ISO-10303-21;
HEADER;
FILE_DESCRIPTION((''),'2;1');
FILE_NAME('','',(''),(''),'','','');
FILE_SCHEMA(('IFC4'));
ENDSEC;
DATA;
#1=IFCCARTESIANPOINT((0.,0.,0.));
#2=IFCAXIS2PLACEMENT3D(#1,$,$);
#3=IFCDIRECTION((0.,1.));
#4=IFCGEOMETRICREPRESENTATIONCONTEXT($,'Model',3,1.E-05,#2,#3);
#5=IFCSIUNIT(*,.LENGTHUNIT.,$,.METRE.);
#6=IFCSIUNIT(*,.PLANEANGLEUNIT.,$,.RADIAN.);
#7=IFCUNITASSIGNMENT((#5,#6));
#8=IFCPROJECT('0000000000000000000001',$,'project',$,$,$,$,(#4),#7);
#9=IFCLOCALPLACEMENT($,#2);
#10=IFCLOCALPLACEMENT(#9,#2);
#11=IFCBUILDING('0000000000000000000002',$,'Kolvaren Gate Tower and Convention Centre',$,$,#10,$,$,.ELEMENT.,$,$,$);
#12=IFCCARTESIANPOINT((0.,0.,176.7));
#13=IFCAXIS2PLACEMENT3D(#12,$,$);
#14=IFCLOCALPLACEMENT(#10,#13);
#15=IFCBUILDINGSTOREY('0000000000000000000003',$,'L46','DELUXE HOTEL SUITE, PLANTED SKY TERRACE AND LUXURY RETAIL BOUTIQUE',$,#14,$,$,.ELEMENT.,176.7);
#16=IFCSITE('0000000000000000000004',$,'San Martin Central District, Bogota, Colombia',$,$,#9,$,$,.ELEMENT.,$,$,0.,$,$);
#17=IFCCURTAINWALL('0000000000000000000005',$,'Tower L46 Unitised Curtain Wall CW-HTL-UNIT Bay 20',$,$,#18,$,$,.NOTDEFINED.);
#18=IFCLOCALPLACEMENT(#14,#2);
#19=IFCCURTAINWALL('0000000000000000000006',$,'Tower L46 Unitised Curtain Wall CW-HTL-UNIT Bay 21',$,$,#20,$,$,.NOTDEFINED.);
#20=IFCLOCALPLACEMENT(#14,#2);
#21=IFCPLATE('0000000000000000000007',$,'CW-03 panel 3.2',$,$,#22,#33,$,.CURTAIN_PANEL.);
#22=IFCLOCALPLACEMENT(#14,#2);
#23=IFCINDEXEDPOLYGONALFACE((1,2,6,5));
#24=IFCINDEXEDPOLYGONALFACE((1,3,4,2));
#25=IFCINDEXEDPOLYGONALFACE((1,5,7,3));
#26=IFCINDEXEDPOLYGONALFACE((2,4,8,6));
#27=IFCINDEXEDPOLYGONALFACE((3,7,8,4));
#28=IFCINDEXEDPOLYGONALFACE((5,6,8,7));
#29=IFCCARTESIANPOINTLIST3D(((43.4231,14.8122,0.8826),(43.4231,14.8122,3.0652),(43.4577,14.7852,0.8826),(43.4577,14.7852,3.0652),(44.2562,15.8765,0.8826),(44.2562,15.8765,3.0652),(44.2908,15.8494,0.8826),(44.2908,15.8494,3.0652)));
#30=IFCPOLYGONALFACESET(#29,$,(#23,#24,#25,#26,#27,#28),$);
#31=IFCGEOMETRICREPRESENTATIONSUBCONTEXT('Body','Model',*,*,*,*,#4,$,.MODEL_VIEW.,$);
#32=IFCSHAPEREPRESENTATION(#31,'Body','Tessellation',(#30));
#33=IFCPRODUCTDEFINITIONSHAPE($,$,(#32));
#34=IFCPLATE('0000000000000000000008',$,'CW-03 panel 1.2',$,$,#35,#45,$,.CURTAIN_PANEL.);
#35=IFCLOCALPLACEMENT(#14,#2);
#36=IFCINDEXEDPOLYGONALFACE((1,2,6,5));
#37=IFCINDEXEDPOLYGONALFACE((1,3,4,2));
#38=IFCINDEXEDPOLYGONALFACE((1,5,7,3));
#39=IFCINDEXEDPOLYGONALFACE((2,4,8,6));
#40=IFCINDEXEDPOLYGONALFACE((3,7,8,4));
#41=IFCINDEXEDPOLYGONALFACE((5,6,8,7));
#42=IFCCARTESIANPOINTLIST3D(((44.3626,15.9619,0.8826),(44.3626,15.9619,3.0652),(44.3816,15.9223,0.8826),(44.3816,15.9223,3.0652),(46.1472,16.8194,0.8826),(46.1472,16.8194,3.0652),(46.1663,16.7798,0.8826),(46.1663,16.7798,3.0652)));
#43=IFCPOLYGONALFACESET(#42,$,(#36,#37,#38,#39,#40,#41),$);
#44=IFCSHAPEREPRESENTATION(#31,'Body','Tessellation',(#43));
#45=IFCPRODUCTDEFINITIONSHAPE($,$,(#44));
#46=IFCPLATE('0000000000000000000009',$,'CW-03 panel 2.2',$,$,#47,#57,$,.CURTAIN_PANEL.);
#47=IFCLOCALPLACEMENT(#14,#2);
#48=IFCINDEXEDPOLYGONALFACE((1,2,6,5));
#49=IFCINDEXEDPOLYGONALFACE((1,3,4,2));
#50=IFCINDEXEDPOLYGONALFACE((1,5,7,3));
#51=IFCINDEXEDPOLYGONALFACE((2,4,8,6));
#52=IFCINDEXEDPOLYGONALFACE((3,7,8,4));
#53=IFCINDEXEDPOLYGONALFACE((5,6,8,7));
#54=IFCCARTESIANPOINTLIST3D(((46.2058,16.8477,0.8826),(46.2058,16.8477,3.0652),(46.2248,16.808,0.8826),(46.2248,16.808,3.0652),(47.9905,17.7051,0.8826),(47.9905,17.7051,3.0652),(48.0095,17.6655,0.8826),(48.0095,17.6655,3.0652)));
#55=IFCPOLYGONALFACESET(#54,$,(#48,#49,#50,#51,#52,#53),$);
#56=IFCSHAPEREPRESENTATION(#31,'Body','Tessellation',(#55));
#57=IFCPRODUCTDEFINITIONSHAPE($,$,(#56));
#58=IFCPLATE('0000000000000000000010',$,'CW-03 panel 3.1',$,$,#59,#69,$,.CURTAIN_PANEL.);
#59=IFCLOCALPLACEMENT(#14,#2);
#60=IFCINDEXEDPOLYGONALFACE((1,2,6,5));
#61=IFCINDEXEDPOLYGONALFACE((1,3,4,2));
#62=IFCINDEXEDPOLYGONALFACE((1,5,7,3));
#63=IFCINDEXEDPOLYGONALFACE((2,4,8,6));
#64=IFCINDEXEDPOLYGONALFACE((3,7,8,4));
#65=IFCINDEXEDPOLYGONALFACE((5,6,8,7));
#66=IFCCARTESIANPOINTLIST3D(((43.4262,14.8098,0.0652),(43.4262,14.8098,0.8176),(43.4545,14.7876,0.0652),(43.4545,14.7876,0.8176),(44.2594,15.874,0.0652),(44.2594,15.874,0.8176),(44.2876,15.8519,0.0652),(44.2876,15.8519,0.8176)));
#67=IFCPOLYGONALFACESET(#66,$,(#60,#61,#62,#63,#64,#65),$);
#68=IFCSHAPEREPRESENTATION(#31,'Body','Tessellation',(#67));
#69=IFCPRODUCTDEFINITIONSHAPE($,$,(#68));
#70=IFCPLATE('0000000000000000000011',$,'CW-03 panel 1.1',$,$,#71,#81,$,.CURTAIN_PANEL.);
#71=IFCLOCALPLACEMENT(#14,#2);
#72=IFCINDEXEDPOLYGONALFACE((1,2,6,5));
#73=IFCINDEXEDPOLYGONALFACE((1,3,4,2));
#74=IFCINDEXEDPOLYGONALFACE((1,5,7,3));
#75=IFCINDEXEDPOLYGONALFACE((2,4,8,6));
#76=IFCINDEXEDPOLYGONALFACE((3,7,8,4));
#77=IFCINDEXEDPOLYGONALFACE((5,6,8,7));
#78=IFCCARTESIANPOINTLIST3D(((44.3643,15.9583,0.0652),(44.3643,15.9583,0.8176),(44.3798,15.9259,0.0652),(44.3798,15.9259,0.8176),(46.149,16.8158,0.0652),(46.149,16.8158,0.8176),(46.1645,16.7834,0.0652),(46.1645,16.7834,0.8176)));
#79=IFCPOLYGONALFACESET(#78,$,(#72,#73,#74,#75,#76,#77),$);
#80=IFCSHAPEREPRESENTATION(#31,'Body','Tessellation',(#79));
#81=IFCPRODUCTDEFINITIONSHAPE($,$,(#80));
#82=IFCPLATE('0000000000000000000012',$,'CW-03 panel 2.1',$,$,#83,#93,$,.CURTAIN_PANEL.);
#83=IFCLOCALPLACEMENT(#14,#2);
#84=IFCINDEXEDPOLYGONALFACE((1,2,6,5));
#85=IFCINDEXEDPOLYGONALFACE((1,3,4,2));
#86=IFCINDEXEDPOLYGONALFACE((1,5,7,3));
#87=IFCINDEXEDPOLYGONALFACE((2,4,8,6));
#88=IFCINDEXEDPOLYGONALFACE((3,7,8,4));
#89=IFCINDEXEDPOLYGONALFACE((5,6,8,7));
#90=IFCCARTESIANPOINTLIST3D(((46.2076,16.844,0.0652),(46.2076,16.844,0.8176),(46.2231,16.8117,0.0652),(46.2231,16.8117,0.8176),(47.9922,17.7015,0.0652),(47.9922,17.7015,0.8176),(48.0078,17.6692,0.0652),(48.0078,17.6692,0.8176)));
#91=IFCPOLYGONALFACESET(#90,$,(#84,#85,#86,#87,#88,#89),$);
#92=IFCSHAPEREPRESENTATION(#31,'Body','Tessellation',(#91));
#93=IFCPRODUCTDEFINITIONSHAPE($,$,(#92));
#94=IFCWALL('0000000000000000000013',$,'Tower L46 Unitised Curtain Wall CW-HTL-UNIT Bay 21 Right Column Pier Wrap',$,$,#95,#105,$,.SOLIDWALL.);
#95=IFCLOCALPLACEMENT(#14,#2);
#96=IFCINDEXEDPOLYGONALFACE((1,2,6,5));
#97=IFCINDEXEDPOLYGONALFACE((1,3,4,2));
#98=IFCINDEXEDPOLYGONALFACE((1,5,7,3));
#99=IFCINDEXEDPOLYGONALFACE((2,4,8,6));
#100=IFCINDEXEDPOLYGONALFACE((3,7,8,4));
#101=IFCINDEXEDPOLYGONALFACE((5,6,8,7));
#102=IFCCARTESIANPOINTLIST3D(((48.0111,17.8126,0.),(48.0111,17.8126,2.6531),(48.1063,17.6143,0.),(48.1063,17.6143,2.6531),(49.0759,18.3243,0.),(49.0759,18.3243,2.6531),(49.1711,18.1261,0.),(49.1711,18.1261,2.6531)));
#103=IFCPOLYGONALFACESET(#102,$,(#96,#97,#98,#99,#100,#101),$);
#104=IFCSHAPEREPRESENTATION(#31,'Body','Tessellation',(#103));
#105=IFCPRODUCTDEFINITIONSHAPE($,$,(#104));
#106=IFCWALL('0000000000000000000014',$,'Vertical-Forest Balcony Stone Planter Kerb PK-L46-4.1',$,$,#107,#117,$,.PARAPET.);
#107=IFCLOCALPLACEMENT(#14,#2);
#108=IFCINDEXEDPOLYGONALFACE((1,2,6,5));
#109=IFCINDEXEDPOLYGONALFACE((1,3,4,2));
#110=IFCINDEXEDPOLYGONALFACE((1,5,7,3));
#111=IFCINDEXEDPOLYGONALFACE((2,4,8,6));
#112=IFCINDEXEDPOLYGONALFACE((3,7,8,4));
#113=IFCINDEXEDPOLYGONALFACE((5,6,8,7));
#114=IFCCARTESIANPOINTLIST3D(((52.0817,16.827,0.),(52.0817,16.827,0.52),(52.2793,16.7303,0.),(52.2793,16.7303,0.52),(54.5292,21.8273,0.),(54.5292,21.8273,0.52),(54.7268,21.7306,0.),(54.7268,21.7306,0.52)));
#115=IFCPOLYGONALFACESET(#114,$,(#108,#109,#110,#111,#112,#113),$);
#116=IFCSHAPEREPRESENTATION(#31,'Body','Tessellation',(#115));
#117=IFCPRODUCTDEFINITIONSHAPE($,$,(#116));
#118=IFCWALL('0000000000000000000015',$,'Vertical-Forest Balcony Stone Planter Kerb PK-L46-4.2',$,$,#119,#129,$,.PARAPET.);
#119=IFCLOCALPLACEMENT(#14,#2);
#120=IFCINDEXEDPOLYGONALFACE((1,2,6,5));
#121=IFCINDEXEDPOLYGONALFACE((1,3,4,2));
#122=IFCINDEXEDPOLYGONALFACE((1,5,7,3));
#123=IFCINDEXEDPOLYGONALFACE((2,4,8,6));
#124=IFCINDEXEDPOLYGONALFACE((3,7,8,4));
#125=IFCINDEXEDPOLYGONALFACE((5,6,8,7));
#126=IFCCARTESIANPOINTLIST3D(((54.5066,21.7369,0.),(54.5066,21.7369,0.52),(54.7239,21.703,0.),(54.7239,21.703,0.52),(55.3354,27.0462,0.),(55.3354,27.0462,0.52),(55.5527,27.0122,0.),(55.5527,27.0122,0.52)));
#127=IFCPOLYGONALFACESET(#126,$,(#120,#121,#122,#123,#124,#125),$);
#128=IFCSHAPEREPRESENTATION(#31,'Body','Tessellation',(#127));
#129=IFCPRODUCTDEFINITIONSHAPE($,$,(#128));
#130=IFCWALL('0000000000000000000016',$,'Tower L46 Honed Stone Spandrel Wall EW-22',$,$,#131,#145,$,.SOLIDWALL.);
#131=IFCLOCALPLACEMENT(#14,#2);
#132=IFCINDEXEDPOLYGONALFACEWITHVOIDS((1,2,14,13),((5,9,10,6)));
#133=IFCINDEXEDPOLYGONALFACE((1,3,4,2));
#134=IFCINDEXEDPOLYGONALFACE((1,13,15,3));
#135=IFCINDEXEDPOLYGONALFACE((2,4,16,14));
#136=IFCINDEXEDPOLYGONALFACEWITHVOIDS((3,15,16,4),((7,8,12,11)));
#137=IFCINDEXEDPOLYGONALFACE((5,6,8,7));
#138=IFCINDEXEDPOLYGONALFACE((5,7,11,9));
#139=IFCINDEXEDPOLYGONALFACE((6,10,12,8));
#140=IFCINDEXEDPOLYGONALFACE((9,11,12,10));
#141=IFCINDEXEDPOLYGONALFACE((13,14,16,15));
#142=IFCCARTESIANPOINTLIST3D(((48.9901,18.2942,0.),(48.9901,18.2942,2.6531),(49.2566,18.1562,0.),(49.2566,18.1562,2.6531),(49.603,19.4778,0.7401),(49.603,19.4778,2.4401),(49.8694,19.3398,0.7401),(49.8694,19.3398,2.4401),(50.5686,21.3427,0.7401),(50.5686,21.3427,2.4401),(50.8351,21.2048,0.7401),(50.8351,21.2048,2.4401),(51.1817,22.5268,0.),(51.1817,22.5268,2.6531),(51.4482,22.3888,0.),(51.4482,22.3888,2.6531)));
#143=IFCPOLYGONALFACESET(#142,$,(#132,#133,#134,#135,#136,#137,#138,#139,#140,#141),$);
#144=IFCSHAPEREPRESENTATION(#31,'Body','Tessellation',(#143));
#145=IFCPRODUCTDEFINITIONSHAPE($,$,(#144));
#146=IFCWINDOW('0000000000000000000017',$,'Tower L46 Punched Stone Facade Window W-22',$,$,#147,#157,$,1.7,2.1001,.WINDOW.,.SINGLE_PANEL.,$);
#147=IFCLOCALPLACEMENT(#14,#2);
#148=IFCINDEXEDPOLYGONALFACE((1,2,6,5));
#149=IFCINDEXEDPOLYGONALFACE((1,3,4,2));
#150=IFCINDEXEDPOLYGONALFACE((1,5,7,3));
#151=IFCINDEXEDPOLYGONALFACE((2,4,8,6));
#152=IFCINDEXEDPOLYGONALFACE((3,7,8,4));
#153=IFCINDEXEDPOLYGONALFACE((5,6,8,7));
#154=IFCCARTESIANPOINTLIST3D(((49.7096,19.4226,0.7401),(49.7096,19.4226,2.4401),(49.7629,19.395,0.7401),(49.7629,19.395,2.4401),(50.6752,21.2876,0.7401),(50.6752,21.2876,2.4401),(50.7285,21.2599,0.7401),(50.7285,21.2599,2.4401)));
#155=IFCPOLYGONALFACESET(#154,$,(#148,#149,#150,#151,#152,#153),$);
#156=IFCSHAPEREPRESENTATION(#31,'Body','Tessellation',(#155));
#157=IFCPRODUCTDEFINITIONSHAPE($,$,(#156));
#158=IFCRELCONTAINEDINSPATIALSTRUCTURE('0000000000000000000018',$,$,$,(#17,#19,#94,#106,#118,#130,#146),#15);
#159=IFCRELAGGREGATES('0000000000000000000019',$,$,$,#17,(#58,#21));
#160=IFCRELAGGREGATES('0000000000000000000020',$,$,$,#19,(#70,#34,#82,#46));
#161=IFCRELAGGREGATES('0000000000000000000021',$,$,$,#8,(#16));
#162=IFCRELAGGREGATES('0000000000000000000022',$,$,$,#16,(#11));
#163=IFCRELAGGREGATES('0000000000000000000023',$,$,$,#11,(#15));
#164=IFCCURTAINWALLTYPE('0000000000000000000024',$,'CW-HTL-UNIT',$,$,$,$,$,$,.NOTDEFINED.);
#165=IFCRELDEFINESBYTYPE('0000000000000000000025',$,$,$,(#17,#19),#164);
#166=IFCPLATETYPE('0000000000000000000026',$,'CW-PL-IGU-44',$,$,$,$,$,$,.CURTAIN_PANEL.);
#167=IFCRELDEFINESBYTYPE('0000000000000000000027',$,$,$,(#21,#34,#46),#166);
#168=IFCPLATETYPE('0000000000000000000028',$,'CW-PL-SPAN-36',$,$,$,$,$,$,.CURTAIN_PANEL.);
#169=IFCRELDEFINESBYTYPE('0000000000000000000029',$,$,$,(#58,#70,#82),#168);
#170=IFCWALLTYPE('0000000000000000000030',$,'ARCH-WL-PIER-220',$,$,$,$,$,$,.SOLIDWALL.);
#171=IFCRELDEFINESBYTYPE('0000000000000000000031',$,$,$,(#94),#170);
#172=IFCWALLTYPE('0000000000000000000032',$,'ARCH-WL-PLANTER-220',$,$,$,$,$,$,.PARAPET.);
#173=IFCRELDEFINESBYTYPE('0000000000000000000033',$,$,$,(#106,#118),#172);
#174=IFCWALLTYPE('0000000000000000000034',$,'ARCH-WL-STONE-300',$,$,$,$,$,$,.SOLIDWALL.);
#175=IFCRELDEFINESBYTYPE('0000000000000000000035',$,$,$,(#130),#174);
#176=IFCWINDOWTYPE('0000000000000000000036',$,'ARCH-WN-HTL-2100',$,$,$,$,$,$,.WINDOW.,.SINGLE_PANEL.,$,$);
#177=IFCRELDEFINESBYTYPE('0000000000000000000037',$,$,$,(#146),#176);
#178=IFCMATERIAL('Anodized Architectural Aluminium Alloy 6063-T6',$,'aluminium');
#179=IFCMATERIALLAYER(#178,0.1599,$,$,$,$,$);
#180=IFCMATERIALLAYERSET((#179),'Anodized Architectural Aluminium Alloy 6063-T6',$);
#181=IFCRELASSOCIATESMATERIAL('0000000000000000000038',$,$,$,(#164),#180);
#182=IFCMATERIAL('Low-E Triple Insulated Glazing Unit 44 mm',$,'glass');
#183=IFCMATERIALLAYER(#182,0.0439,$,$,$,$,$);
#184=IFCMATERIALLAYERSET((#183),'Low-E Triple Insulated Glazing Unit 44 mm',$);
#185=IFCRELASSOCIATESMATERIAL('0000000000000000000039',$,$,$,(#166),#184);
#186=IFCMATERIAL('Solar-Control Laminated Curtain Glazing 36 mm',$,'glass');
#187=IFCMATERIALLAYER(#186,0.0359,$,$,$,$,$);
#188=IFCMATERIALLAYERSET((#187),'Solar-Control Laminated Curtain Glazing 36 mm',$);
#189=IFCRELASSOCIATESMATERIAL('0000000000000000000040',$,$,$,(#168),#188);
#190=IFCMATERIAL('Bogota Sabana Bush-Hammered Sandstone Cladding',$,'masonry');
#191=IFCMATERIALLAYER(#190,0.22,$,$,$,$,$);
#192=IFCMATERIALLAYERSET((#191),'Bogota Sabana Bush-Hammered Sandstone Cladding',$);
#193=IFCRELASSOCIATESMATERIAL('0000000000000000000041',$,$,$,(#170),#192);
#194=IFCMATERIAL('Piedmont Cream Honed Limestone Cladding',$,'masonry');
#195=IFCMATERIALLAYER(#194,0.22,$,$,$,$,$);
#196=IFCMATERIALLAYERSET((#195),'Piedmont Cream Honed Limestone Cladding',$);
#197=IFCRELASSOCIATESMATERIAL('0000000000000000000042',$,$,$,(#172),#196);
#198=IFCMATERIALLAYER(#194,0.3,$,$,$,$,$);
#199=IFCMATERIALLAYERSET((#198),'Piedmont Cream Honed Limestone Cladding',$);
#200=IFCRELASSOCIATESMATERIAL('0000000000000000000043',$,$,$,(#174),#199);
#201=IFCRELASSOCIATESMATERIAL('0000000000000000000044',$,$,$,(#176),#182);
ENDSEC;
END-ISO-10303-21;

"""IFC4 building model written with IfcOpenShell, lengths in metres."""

from ifc_helpers import new_model, si_unit, direction, frame, frame_2d, origin, origin_2d, place, context, subcontext, project, spatial, rectangle, extrude, material, layer, layer_set, type_object, element, fill, aggregate, save


model = new_model("IFC4")

# Units and contexts
model_context = context("Model", 3, precision=1e-05, world=origin(), true_north=direction((0.0, 1.0)))
body_context = subcontext(model_context, "Body", "Model", "MODEL_VIEW")
ifc_project = project(units=[si_unit("LENGTHUNIT", "METRE"), si_unit("PLANEANGLEUNIT", "RADIAN")], contexts=[model_context])

# Site, building, storey
site_placement = place(None, origin())
site = spatial("IfcSite", under=ifc_project, at=site_placement, Name="San Martin Central District, Bogota, Colombia", CompositionType="ELEMENT", RefElevation=0.0)
building_placement = place(site_placement, origin())
building = spatial("IfcBuilding", under=site, at=building_placement, Name="Kolvaren Gate Tower and Convention Centre", CompositionType="ELEMENT")
storey_placement = place(building_placement, frame((0.0, 0.0, 176.7)))
storey = spatial("IfcBuildingStorey", under=building, at=storey_placement, Name="L46", Description="DELUXE HOTEL SUITE, PLANTED SKY TERRACE AND LUXURY RETAIL BOUTIQUE", CompositionType="ELEMENT", Elevation=176.7)

# Curtain wall
ifc_material_1 = material(Name="Anodized Architectural Aluminium Alloy 6063-T6", Category="aluminium")
ifc_layer_1 = layer(ifc_material_1, 0.1599)
ifc_layer_set_1 = layer_set([ifc_layer_1], Name="Anodized Architectural Aluminium Alloy 6063-T6")
curtain_wall_type = type_object("IfcCurtainWallType", Name="CW-HTL-UNIT", PredefinedType="NOTDEFINED", material=ifc_layer_set_1)
curtain_wall_1_placement = place(storey_placement, origin())
curtain_wall_1 = element("IfcCurtainWall", 1, at=curtain_wall_1_placement, inside=storey, type_object=curtain_wall_type, Name="Tower L46 Unitised Curtain Wall CW-HTL-UNIT Bay 20", PredefinedType="NOTDEFINED")

# Curtain wall
curtain_wall_2_placement = place(storey_placement, origin())
curtain_wall_2 = element("IfcCurtainWall", 2, at=curtain_wall_2_placement, inside=storey, type_object=curtain_wall_type, Name="Tower L46 Unitised Curtain Wall CW-HTL-UNIT Bay 21", PredefinedType="NOTDEFINED")

# Plates
ifc_material_2 = material(Name="Low-E Triple Insulated Glazing Unit 44 mm", Category="glass")
ifc_layer_2 = layer(ifc_material_2, 0.0439)
ifc_layer_set_2 = layer_set([ifc_layer_2], Name="Low-E Triple Insulated Glazing Unit 44 mm")
plate_type_1 = type_object("IfcPlateType", Name="CW-PL-IGU-44", PredefinedType="CURTAIN_PANEL", material=ifc_layer_set_2)
plate_1_placement = place(storey_placement, frame((43.8569, 15.3308, 0.8826), z_axis=(0.0, 0.0, 1.0), x_axis=(0.616438, 0.787404, 0.0)))
plate_1 = element("IfcPlate", 3, at=plate_1_placement, type_object=plate_type_1, Name="CW-03 panel 3.2", PredefinedType="CURTAIN_PANEL", context=body_context, shape_type="SweptSolid", body=[
    extrude(rectangle(XDim=1.3516, YDim=0.0439, at=origin_2d()), origin(), (0.0, 0.0, 1.0), 2.1826),
])
plate_2_placement = place(storey_placement, frame((45.2644, 16.3708, 0.8826), z_axis=(0.0, 0.0, 1.0), x_axis=(0.901358, 0.433074, 0.0)))
plate_2 = element("IfcPlate", 4, at=plate_2_placement, type_object=plate_type_1, Name="CW-03 panel 1.2", PredefinedType="CURTAIN_PANEL", context=body_context, shape_type="SweptSolid", body=[
    extrude(rectangle(XDim=1.98, YDim=0.0439, at=origin_2d()), origin(), (0.0, 0.0, 1.0), 2.1826),
])
plate_3_placement = place(storey_placement, frame((47.1077, 17.2566, 0.8826), z_axis=(0.0, 0.0, 1.0), x_axis=(0.901358, 0.433074, 0.0)))
plate_3 = element("IfcPlate", 5, at=plate_3_placement, type_object=plate_type_1, Name="CW-03 panel 2.2", PredefinedType="CURTAIN_PANEL", context=body_context, shape_type="SweptSolid", body=[
    extrude(rectangle(XDim=1.98, YDim=0.0439, at=origin_2d()), origin(), (0.0, 0.0, 1.0), 2.1826),
])
ifc_material_3 = material(Name="Solar-Control Laminated Curtain Glazing 36 mm", Category="glass")
ifc_layer_3 = layer(ifc_material_3, 0.0359)
ifc_layer_set_3 = layer_set([ifc_layer_3], Name="Solar-Control Laminated Curtain Glazing 36 mm")
plate_type_2 = type_object("IfcPlateType", Name="CW-PL-SPAN-36", PredefinedType="CURTAIN_PANEL", material=ifc_layer_set_3)
plate_4_placement = place(storey_placement, frame((43.8569, 15.3308, 0.0652), z_axis=(0.0, 0.0, 1.0), x_axis=(0.616438, 0.787404, 0.0)))
plate_4 = element("IfcPlate", 6, at=plate_4_placement, type_object=plate_type_2, Name="CW-03 panel 3.1", PredefinedType="CURTAIN_PANEL", context=body_context, shape_type="SweptSolid", body=[
    extrude(rectangle(XDim=1.3516, YDim=0.0359, at=origin_2d()), origin(), (0.0, 0.0, 1.0), 0.7524),
])
aggregate(curtain_wall_1, [plate_4, plate_1])
plate_5_placement = place(storey_placement, frame((45.2644, 16.3708, 0.0652), z_axis=(0.0, 0.0, 1.0), x_axis=(0.901358, 0.433074, 0.0)))
plate_5 = element("IfcPlate", 7, at=plate_5_placement, type_object=plate_type_2, Name="CW-03 panel 1.1", PredefinedType="CURTAIN_PANEL", context=body_context, shape_type="SweptSolid", body=[
    extrude(rectangle(XDim=1.98, YDim=0.0359, at=origin_2d()), origin(), (0.0, 0.0, 1.0), 0.7524),
])
plate_6_placement = place(storey_placement, frame((47.1077, 17.2566, 0.0652), z_axis=(0.0, 0.0, 1.0), x_axis=(0.901358, 0.433074, 0.0)))
plate_6 = element("IfcPlate", 8, at=plate_6_placement, type_object=plate_type_2, Name="CW-03 panel 2.1", PredefinedType="CURTAIN_PANEL", context=body_context, shape_type="SweptSolid", body=[
    extrude(rectangle(XDim=1.98, YDim=0.0359, at=origin_2d()), origin(), (0.0, 0.0, 1.0), 0.7524),
])
aggregate(curtain_wall_2, [plate_5, plate_2, plate_6, plate_3])

# Walls
ifc_material_4 = material(Name="Bogota Sabana Bush-Hammered Sandstone Cladding", Category="masonry")
ifc_layer_4 = layer(ifc_material_4, 0.22)
ifc_layer_set_4 = layer_set([ifc_layer_4], Name="Bogota Sabana Bush-Hammered Sandstone Cladding")
wall_type_1 = type_object("IfcWallType", Name="ARCH-WL-PIER-220", PredefinedType="SOLIDWALL", material=ifc_layer_set_4)
wall_1_placement = place(storey_placement, frame((48.0586, 17.7134, 0.0), z_axis=(0.0, 0.0, 1.0), x_axis=(0.901304, 0.433188, 0.0)))
element("IfcWall", 9, at=wall_1_placement, inside=storey, type_object=wall_type_1, Name="Tower L46 Unitised Curtain Wall CW-HTL-UNIT Bay 21 Right Column Pier Wrap", PredefinedType="SOLIDWALL", context=body_context, shape_type="SweptSolid", body=[
    extrude(rectangle(XDim=1.1814, YDim=0.22, at=frame_2d((0.5908, 0.0))), origin(), (0.0, 0.0, 1.0), 2.6531),
])
ifc_material_5 = material(Name="Piedmont Cream Honed Limestone Cladding", Category="masonry")
ifc_layer_5 = layer(ifc_material_5, 0.22)
ifc_layer_set_5 = layer_set([ifc_layer_5], Name="Piedmont Cream Honed Limestone Cladding")
wall_type_2 = type_object("IfcWallType", Name="ARCH-WL-PLANTER-220", PredefinedType="PARAPET", material=ifc_layer_set_5)
wall_2_placement = place(storey_placement, frame((52.1804, 16.7786, 0.0), z_axis=(0.0, 0.0, 1.0), x_axis=(0.439637, 0.898175, 0.0)))
element("IfcWall", 10, at=wall_2_placement, inside=storey, type_object=wall_type_2, Name="Vertical-Forest Balcony Stone Planter Kerb PK-L46-4.1", PredefinedType="PARAPET", context=body_context, shape_type="SweptSolid", body=[
    extrude(rectangle(XDim=5.5671, YDim=0.22, at=frame_2d((2.7837, 0.0))), origin(), (0.0, 0.0, 1.0), 0.52),
])
wall_3_placement = place(storey_placement, frame((54.6152, 21.72, 0.0), z_axis=(0.0, 0.0, 1.0), x_axis=(0.154245, 0.988033, 0.0)))
element("IfcWall", 11, at=wall_3_placement, inside=storey, type_object=wall_type_2, Name="Vertical-Forest Balcony Stone Planter Kerb PK-L46-4.2", PredefinedType="PARAPET", context=body_context, shape_type="SweptSolid", body=[
    extrude(rectangle(XDim=5.3735, YDim=0.22, at=frame_2d((2.6868, 0.0))), origin(), (0.0, 0.0, 1.0), 0.52),
])

# Wall, opening, window
ifc_layer_6 = layer(ifc_material_5, 0.3)
ifc_layer_set_6 = layer_set([ifc_layer_6], Name="Piedmont Cream Honed Limestone Cladding")
wall_type_3 = type_object("IfcWallType", Name="ARCH-WL-STONE-300", PredefinedType="SOLIDWALL", material=ifc_layer_set_6)
wall_4_placement = place(storey_placement, frame((49.1233, 18.2251, 0.0), z_axis=(0.0, 0.0, 1.0), x_axis=(0.45981, 0.888017, 0.0)))
wall_4 = element("IfcWall", 12, at=wall_4_placement, inside=storey, type_object=wall_type_3, Name="Tower L46 Honed Stone Spandrel Wall EW-22", PredefinedType="SOLIDWALL", context=body_context, shape_type="SweptSolid", body=[
    extrude(rectangle(XDim=4.7664, YDim=0.3, at=frame_2d((2.3833, 0.0))), origin(), (0.0, 0.0, 1.0), 2.6531),
])
opening_1_placement = place(wall_4_placement, frame((1.333, 0.0, 0.74)))
opening_1 = element("IfcOpeningElement", 13, at=opening_1_placement, cuts=wall_4, PredefinedType="OPENING", context=body_context, shape_type="SweptSolid", body=[
    extrude(rectangle(XDim=2.1001, YDim=1.7, at=frame_2d((1.05, 0.8501))), frame((0.0, 0.1599, 0.0), z_axis=(0.0, -1.0, 0.0), x_axis=(1.0, 0.0, 0.0)), (0.0, 0.0, 1.0), 0.3201),
])
window_type = type_object("IfcWindowType", Name="ARCH-WN-HTL-2100", PartitioningType="SINGLE_PANEL", PredefinedType="WINDOW", material=ifc_material_2)
window_placement = place(opening_1_placement, origin())
window = element("IfcWindow", 14, at=window_placement, inside=storey, type_object=window_type, Name="Tower L46 Punched Stone Facade Window W-22", OverallHeight=1.7, OverallWidth=2.1001, PartitioningType="SINGLE_PANEL", PredefinedType="WINDOW", context=body_context, shape_type="SweptSolid", body=[
    extrude(rectangle(XDim=2.1001, YDim=1.7, at=frame_2d((1.05, 0.8501))), frame((0.0, 0.03, 0.0), z_axis=(0.0, -1.0, 0.0), x_axis=(1.0, 0.0, 0.0)), (0.0, 0.0, 1.0), 0.0601),
])
fill(opening_1, window)

save(model, "model.ifc")
